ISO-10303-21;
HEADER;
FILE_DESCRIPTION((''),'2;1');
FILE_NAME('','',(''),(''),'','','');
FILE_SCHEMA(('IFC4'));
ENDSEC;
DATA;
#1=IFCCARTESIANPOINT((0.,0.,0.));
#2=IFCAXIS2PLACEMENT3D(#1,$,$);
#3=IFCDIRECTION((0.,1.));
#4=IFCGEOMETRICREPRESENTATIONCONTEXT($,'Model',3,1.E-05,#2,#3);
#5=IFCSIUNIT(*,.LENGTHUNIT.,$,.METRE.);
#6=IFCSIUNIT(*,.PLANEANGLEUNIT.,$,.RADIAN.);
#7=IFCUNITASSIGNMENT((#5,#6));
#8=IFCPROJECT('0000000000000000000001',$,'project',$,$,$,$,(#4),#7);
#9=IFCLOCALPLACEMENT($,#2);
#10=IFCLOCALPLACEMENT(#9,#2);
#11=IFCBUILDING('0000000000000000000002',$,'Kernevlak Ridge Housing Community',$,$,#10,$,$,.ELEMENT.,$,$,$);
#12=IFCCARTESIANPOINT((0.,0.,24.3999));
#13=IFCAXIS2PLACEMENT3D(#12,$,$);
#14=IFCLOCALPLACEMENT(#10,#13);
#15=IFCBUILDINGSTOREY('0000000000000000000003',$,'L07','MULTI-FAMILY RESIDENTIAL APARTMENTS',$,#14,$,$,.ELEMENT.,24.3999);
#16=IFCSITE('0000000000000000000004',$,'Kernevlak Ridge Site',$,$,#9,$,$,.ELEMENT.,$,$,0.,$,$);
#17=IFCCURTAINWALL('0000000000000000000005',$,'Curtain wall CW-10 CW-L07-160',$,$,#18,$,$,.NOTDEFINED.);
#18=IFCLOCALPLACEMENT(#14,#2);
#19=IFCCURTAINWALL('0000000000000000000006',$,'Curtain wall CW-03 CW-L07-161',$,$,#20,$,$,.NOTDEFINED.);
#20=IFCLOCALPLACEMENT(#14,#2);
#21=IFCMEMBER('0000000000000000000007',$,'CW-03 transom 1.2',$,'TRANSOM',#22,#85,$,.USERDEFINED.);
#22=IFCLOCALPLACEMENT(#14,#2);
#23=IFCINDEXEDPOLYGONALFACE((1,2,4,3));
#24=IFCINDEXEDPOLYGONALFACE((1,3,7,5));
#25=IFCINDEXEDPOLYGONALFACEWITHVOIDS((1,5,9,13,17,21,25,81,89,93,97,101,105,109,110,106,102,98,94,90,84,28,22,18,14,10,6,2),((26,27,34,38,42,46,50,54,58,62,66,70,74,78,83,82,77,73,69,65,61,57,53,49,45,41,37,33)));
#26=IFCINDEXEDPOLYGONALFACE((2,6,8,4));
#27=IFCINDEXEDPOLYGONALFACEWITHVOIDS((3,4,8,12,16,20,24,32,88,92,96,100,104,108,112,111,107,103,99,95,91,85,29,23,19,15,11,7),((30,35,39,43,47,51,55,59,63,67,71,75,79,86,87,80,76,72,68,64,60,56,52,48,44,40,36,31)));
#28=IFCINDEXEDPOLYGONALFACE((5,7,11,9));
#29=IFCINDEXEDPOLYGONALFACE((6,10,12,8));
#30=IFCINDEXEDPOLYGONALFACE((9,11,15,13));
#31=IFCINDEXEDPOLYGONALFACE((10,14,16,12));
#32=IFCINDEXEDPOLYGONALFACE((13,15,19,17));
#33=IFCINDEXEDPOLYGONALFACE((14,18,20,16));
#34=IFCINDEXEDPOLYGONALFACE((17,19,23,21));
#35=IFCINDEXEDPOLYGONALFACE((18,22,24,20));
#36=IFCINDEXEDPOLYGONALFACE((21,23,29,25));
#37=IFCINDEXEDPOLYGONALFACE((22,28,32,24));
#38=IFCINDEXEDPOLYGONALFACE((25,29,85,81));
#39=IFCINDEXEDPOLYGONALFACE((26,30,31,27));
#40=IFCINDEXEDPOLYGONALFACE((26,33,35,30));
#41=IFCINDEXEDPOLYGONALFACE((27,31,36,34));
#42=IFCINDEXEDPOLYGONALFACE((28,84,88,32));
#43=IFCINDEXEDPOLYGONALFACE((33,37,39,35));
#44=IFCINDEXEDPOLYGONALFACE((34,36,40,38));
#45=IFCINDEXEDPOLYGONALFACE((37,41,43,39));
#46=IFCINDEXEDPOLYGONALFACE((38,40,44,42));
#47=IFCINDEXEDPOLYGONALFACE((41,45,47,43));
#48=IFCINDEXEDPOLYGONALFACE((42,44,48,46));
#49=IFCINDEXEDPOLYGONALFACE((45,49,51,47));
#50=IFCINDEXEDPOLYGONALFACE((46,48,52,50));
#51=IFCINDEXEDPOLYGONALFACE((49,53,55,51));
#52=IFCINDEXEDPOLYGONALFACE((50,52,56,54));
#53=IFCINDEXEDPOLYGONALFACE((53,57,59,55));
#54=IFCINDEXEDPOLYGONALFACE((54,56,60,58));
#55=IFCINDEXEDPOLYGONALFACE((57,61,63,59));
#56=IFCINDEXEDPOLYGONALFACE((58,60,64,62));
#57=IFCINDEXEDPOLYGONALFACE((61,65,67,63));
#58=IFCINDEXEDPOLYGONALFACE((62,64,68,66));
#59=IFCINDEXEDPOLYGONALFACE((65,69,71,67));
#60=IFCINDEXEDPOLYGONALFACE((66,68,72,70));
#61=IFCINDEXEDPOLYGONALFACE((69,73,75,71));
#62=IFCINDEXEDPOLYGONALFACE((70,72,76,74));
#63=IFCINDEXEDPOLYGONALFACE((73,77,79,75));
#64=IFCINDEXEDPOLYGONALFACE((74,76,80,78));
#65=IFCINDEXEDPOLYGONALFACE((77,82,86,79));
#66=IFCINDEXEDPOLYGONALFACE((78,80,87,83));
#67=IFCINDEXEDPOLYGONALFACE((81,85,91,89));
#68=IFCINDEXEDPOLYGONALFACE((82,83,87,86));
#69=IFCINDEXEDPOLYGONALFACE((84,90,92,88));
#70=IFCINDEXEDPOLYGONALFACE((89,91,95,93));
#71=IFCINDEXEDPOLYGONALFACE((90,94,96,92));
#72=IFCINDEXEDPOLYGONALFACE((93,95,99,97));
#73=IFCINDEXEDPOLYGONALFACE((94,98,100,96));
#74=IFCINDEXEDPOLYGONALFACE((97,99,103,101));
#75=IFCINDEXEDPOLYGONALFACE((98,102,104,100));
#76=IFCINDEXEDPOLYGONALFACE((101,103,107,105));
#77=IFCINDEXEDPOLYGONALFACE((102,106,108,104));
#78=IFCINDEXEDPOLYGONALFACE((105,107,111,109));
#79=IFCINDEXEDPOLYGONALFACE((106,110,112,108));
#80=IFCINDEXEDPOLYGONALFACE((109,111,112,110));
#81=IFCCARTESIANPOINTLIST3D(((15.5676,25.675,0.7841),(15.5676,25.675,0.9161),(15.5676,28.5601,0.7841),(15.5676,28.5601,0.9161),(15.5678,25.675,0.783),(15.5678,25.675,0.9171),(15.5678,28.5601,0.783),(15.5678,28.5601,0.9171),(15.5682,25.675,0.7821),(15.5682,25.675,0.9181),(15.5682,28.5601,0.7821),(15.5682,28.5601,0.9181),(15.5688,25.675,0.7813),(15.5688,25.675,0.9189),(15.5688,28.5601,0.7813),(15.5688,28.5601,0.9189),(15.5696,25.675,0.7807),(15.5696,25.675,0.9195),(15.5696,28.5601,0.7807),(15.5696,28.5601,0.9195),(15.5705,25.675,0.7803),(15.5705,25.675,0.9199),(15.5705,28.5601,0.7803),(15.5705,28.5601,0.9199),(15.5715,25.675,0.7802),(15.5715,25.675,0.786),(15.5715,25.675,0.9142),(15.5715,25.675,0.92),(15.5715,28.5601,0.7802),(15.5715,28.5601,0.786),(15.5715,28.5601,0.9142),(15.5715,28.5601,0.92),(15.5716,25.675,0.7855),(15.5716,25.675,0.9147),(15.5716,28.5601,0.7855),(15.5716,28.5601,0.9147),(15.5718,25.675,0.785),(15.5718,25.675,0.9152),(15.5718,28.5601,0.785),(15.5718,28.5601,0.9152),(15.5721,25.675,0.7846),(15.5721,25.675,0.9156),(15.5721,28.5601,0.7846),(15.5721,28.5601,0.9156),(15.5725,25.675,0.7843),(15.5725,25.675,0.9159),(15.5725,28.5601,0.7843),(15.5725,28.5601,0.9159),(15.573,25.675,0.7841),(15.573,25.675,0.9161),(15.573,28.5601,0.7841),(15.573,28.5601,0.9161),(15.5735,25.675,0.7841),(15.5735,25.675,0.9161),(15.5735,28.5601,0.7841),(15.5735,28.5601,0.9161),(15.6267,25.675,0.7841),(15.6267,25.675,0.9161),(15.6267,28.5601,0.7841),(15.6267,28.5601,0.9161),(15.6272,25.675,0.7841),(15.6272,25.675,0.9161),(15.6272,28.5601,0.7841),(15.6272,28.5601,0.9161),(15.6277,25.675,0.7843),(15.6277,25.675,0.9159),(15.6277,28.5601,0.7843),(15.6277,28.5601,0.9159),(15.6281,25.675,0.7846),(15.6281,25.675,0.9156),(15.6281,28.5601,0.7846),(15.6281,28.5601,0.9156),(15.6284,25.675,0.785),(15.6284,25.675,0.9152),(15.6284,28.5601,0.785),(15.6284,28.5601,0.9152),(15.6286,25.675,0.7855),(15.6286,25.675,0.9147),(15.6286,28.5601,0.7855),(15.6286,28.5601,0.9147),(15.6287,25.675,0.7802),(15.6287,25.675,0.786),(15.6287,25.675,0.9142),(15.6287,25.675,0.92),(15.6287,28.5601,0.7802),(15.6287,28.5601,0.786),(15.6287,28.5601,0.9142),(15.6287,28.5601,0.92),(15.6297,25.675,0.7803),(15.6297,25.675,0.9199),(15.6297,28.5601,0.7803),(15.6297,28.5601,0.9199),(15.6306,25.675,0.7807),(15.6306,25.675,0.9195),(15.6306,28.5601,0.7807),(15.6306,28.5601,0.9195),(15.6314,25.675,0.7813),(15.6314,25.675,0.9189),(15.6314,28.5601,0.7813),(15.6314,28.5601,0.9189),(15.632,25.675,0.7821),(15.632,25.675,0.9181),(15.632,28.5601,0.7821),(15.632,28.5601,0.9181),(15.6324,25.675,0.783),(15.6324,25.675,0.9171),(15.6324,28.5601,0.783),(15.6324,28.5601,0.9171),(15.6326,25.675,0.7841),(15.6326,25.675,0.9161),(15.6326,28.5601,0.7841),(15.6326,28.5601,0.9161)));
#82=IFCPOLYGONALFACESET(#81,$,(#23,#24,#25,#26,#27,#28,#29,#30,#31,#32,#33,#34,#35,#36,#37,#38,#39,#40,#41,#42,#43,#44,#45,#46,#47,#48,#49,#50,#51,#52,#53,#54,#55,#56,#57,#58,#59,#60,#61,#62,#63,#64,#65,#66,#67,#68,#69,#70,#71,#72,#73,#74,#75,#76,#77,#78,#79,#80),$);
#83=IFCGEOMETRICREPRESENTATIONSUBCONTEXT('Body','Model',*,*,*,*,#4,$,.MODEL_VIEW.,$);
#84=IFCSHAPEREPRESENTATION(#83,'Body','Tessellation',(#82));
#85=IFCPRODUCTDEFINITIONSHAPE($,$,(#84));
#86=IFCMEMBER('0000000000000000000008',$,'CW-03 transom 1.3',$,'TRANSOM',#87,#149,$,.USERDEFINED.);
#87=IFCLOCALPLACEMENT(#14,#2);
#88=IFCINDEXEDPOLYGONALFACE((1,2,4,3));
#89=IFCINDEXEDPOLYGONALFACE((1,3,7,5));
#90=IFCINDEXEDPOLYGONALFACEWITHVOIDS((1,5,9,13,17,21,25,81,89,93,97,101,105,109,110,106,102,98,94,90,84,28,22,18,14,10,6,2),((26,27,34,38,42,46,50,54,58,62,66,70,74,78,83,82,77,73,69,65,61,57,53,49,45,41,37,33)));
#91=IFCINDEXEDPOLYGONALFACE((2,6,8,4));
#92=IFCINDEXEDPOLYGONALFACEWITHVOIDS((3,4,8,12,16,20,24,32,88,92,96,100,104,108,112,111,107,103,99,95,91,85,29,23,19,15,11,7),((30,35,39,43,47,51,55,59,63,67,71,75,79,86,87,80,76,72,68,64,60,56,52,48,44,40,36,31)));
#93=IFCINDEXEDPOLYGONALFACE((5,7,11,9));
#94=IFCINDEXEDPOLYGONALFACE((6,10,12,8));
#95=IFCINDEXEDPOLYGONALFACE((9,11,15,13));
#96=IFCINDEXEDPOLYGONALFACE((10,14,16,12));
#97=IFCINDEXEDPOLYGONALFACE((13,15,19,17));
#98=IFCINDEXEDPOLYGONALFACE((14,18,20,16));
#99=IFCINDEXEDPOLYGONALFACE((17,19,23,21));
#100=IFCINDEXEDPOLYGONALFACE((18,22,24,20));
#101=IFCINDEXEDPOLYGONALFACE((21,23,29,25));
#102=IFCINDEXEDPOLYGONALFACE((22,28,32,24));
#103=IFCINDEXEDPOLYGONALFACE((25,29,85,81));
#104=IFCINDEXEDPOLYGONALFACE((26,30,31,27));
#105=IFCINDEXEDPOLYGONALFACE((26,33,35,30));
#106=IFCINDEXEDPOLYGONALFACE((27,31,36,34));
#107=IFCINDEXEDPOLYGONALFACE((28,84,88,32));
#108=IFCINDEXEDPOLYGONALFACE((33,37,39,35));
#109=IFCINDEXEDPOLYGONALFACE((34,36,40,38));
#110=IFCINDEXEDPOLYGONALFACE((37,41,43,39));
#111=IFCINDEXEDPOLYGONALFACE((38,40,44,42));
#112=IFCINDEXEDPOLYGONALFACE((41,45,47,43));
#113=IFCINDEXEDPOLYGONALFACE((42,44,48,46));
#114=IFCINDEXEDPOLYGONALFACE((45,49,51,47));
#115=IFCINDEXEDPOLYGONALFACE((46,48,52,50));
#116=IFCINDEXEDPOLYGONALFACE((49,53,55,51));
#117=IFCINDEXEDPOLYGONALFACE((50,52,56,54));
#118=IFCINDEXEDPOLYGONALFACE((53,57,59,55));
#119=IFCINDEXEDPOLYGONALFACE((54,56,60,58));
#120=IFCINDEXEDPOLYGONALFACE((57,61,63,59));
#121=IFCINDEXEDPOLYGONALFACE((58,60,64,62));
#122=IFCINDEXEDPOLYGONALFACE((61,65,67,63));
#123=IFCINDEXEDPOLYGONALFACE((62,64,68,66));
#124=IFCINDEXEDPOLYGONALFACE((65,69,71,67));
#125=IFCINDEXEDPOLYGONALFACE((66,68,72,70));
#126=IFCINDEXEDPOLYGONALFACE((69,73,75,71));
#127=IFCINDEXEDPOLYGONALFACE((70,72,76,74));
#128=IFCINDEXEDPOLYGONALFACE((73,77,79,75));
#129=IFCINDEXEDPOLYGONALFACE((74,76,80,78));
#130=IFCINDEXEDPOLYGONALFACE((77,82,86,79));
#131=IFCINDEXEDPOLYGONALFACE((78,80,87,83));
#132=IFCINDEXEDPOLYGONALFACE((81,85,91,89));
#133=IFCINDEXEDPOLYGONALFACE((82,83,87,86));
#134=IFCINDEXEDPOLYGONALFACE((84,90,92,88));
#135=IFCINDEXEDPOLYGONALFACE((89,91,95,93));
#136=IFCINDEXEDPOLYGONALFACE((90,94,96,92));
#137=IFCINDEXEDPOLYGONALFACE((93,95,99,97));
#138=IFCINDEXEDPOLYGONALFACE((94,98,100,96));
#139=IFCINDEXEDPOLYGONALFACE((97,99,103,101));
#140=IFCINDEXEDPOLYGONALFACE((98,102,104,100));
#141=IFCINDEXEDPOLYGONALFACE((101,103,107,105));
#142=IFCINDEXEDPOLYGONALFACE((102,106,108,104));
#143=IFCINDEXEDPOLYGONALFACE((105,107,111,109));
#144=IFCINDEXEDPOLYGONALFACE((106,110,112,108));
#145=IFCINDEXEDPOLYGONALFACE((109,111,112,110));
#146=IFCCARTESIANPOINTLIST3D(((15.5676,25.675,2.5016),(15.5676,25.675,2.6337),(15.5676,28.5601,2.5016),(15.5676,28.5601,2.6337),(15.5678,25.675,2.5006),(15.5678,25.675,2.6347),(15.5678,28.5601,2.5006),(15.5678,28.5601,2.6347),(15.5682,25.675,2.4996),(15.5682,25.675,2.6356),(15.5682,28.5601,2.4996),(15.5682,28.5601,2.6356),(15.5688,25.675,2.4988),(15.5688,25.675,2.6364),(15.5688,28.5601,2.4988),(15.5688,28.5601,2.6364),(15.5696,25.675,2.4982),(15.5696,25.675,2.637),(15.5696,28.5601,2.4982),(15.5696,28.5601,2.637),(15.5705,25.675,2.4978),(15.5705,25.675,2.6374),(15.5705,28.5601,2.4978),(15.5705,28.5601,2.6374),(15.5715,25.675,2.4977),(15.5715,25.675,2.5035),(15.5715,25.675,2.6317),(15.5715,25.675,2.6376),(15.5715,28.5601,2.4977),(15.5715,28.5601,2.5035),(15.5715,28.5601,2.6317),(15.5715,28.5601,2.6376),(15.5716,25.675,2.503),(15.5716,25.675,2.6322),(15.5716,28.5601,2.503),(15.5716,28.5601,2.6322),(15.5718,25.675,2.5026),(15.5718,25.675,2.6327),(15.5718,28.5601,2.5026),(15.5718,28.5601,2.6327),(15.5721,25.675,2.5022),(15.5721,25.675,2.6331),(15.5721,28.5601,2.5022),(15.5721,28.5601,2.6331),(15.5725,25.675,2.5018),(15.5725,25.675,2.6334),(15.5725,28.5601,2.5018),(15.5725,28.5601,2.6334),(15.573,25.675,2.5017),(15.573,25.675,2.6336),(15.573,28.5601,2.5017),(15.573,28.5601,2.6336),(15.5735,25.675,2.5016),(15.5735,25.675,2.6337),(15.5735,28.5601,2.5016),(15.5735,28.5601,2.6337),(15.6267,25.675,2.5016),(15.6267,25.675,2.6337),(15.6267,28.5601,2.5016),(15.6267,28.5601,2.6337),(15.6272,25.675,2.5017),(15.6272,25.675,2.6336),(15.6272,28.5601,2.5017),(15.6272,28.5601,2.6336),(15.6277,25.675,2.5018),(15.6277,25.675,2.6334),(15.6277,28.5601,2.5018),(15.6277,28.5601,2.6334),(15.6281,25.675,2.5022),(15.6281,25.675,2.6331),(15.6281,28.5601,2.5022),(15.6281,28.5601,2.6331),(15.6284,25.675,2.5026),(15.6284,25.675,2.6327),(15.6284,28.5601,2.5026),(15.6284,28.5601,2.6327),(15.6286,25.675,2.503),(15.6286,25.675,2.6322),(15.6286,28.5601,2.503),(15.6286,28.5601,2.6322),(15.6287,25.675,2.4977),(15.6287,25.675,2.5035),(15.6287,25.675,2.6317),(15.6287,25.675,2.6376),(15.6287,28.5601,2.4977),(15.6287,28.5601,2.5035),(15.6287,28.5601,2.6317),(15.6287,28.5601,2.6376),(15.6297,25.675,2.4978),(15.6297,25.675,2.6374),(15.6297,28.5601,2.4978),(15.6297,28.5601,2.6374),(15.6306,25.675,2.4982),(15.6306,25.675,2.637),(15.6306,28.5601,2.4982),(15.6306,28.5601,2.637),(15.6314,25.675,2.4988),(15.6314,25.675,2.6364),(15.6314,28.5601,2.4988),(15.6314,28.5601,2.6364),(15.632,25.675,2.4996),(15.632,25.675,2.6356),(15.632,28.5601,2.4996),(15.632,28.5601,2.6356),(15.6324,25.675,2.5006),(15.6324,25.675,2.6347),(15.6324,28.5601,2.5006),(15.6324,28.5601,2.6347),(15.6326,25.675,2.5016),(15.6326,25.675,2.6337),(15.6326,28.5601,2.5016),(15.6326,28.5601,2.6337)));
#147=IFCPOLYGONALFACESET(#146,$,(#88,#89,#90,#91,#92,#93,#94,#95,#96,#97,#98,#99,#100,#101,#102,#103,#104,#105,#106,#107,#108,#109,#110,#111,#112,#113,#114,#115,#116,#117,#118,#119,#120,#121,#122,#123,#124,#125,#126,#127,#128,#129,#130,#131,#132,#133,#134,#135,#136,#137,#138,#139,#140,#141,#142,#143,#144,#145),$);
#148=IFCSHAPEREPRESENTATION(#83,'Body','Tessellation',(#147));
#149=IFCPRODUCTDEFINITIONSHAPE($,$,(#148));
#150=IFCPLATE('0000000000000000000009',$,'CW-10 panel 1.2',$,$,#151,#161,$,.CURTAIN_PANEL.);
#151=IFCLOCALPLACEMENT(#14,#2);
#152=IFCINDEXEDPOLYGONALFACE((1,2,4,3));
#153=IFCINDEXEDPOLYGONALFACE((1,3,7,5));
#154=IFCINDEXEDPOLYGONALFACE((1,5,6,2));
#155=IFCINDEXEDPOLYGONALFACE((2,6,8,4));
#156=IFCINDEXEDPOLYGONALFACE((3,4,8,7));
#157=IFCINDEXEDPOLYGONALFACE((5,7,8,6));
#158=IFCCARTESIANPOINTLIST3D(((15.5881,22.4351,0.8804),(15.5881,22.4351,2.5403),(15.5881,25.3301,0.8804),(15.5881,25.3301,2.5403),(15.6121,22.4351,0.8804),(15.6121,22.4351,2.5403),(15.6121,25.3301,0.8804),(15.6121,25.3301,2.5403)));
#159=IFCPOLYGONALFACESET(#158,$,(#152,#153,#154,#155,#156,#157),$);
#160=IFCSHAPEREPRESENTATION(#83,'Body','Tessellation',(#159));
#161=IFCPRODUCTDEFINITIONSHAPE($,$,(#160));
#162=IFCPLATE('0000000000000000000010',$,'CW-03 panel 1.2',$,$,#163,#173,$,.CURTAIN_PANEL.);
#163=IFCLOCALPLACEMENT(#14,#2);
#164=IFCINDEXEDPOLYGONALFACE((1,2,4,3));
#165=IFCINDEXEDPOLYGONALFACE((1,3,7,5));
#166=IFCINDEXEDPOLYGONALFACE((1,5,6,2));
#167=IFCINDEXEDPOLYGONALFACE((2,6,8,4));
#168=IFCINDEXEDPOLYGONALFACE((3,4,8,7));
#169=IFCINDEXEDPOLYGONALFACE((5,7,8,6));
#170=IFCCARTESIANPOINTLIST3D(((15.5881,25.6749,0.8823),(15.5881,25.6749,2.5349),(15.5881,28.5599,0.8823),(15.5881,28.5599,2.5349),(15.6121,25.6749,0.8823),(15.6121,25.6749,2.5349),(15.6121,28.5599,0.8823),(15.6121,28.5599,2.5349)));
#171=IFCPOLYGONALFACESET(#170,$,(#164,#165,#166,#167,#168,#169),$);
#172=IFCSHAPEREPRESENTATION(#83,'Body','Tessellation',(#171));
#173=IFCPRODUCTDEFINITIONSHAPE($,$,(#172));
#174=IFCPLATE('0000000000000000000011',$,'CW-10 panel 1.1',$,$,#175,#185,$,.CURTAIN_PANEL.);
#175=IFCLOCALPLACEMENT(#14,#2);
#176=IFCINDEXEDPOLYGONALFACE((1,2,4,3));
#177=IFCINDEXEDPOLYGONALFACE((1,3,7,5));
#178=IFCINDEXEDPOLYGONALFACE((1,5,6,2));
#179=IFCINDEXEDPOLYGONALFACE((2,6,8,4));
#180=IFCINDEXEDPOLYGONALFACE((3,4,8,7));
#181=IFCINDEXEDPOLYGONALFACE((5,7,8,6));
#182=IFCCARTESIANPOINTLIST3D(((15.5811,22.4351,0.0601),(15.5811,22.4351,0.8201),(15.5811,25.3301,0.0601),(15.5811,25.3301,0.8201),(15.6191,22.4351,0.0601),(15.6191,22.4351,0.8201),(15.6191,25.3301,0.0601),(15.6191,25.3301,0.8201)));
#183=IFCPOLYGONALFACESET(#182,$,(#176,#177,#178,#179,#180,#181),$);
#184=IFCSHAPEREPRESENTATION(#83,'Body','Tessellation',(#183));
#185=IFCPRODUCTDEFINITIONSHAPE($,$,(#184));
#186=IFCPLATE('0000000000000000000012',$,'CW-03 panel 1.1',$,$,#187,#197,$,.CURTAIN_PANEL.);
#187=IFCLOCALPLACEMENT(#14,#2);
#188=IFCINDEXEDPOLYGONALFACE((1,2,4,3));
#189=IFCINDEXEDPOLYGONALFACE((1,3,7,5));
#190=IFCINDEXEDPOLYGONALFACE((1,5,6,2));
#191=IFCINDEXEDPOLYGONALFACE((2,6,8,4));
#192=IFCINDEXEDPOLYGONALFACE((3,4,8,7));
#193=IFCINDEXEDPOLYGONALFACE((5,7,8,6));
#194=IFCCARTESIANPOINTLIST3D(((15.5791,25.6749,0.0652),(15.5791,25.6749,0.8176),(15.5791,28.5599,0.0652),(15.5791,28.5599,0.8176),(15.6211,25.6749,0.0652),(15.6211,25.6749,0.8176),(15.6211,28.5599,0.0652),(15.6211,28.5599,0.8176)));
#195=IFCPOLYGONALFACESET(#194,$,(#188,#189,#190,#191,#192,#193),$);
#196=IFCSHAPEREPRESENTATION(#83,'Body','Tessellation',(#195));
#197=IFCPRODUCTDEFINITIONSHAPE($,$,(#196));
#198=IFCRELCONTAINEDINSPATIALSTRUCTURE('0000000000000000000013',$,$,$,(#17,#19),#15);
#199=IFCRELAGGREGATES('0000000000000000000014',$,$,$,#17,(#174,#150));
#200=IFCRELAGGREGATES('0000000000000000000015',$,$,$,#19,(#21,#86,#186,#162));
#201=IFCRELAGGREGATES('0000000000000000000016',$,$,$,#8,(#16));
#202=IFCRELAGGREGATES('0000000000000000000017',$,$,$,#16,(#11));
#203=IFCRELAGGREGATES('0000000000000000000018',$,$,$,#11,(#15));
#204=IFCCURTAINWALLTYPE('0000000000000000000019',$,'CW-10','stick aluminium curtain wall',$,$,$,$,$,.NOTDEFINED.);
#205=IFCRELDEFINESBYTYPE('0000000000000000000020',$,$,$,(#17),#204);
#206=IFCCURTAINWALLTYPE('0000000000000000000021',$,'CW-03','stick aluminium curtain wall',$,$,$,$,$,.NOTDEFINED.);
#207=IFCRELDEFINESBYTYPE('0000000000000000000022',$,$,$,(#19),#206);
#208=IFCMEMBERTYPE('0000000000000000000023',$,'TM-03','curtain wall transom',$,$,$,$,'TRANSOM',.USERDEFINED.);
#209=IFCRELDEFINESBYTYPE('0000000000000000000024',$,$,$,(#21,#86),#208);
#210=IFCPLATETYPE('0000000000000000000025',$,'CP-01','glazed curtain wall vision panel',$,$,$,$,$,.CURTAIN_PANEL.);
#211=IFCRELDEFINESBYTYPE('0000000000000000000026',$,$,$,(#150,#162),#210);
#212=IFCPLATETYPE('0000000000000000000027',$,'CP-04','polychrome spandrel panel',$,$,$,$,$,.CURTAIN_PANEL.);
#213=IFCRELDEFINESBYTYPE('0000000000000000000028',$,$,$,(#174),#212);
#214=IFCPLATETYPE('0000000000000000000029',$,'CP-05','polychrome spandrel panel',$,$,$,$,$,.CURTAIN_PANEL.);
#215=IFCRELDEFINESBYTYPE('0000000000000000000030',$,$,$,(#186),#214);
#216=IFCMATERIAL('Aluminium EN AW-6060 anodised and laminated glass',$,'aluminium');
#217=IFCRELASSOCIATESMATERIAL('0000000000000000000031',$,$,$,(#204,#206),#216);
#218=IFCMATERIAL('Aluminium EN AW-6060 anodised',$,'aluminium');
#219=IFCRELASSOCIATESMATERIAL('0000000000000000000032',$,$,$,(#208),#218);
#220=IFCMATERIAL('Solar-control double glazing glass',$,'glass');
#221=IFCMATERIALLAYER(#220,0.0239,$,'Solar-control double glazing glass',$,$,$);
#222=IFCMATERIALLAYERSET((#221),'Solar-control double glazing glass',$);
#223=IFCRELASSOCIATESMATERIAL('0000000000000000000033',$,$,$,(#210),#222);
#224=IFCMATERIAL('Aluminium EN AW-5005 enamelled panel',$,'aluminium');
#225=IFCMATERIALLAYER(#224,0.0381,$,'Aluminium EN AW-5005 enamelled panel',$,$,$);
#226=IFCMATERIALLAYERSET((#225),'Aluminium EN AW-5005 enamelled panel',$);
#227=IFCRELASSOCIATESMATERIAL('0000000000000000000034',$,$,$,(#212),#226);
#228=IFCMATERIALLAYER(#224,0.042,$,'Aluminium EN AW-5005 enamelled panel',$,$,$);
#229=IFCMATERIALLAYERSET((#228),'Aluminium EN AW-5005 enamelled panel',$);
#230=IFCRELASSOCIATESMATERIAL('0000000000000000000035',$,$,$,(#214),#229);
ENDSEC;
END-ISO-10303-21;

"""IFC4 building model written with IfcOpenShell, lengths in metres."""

from ifc_helpers import new_model, si_unit, direction, frame, origin, origin_2d, place, context, subcontext, project, spatial, rectangle, hollow_rectangle, extrude, material, layer, layer_set, material_profile, profile_set, type_object, element, aggregate, save


model = new_model("IFC4")

# Units and contexts
model_context = context("Model", 3, precision=1e-05, world=origin(), true_north=direction((0.0, 1.0)))
body_context = subcontext(model_context, "Body", "Model", "MODEL_VIEW")
ifc_project = project(units=[si_unit("LENGTHUNIT", "METRE"), si_unit("PLANEANGLEUNIT", "RADIAN")], contexts=[model_context])

# Site, building, storey
site_placement = place(None, origin())
site = spatial("IfcSite", under=ifc_project, at=site_placement, Name="Kernevlak Ridge Site", CompositionType="ELEMENT", RefElevation=0.0)
building_placement = place(site_placement, origin())
building = spatial("IfcBuilding", under=site, at=building_placement, Name="Kernevlak Ridge Housing Community", CompositionType="ELEMENT")
storey_placement = place(building_placement, frame((0.0, 0.0, 24.3999)))
storey = spatial("IfcBuildingStorey", under=building, at=storey_placement, Name="L07", Description="MULTI-FAMILY RESIDENTIAL APARTMENTS", CompositionType="ELEMENT", Elevation=24.3999)

# Curtain wall
ifc_material_1 = material(Name="Aluminium EN AW-6060 anodised and laminated glass", Category="aluminium")
curtain_wall_type_1 = type_object("IfcCurtainWallType", Name="CW-10", Description="stick aluminium curtain wall", PredefinedType="NOTDEFINED", material=ifc_material_1)
curtain_wall_1_placement = place(storey_placement, origin())
curtain_wall_1 = element("IfcCurtainWall", 1, at=curtain_wall_1_placement, inside=storey, type_object=curtain_wall_type_1, Name="Curtain wall CW-10 CW-L07-160", PredefinedType="NOTDEFINED")
ifc_material_2 = material(Name="Aluminium EN AW-6060 anodised", Category="aluminium")

# Curtain wall, members
curtain_wall_type_2 = type_object("IfcCurtainWallType", Name="CW-03", Description="stick aluminium curtain wall", PredefinedType="NOTDEFINED", material=ifc_material_1)
curtain_wall_2_placement = place(storey_placement, origin())
curtain_wall_2 = element("IfcCurtainWall", 2, at=curtain_wall_2_placement, inside=storey, type_object=curtain_wall_type_2, Name="Curtain wall CW-03 CW-L07-161", PredefinedType="NOTDEFINED")
ifc_material_profile_1 = material_profile(ifc_material_2, hollow_rectangle(XDim=0.0649, YDim=0.1399, WallThickness=0.0039, InnerFilletRadius=0.002, OuterFilletRadius=0.0039, at=origin_2d()), Name="ALU 65x140x4")
ifc_profile_set_1 = profile_set([ifc_material_profile_1], Name="Aluminium EN AW-6060 anodised")
member_type_1 = type_object("IfcMemberType", Name="TM-03", Description="curtain wall transom", ElementType="TRANSOM", PredefinedType="USERDEFINED", material=ifc_profile_set_1)
member_1_placement = place(storey_placement, frame((15.6001, 25.675, 0.8501), z_axis=(0.0, 1.0, 0.0), x_axis=(-1.0, 0.0, 0.0)))
member_1 = element("IfcMember", 3, at=member_1_placement, type_object=member_type_1, Name="CW-03 transom 1.2", ObjectType="TRANSOM", PredefinedType="USERDEFINED", context=body_context, shape_type="SweptSolid", body=[
    extrude(hollow_rectangle(XDim=0.0649, YDim=0.1399, WallThickness=0.0039, InnerFilletRadius=0.002, OuterFilletRadius=0.0039, at=origin_2d()), origin(), (0.0, 0.0, 1.0), 2.885),
])
member_2_placement = place(storey_placement, frame((15.6001, 25.675, 2.5676), z_axis=(0.0, 1.0, 0.0), x_axis=(-1.0, 0.0, 0.0)))
member_2 = element("IfcMember", 4, at=member_2_placement, type_object=member_type_1, Name="CW-03 transom 1.3", ObjectType="TRANSOM", PredefinedType="USERDEFINED", context=body_context, shape_type="SweptSolid", body=[
    extrude(hollow_rectangle(XDim=0.0649, YDim=0.1399, WallThickness=0.0039, InnerFilletRadius=0.002, OuterFilletRadius=0.0039, at=origin_2d()), origin(), (0.0, 0.0, 1.0), 2.885),
])

# Plates
ifc_material_3 = material(Name="Solar-control double glazing glass", Category="glass")
ifc_layer_1 = layer(ifc_material_3, 0.0239, Name="Solar-control double glazing glass")
ifc_layer_set_1 = layer_set([ifc_layer_1], Name="Solar-control double glazing glass")
plate_type_1 = type_object("IfcPlateType", Name="CP-01", Description="glazed curtain wall vision panel", PredefinedType="CURTAIN_PANEL", material=ifc_layer_set_1)
plate_1_placement = place(storey_placement, frame((15.6001, 23.8826, 0.8804), z_axis=(0.0, 0.0, 1.0), x_axis=(0.0, 1.0, 0.0)))
plate_1 = element("IfcPlate", 5, at=plate_1_placement, type_object=plate_type_1, Name="CW-10 panel 1.2", PredefinedType="CURTAIN_PANEL", context=body_context, shape_type="SweptSolid", body=[
    extrude(rectangle(XDim=2.895, YDim=0.0239, at=origin_2d()), origin(), (0.0, 0.0, 1.0), 1.6599),
])
plate_2_placement = place(storey_placement, frame((15.6001, 27.1174, 0.8823), z_axis=(0.0, 0.0, 1.0), x_axis=(0.0, 1.0, 0.0)))
plate_2 = element("IfcPlate", 6, at=plate_2_placement, type_object=plate_type_1, Name="CW-03 panel 1.2", PredefinedType="CURTAIN_PANEL", context=body_context, shape_type="SweptSolid", body=[
    extrude(rectangle(XDim=2.885, YDim=0.0239, at=origin_2d()), origin(), (0.0, 0.0, 1.0), 1.6526),
])
ifc_material_4 = material(Name="Aluminium EN AW-5005 enamelled panel", Category="aluminium")
ifc_layer_2 = layer(ifc_material_4, 0.0381, Name="Aluminium EN AW-5005 enamelled panel")
ifc_layer_set_2 = layer_set([ifc_layer_2], Name="Aluminium EN AW-5005 enamelled panel")
plate_type_2 = type_object("IfcPlateType", Name="CP-04", Description="polychrome spandrel panel", PredefinedType="CURTAIN_PANEL", material=ifc_layer_set_2)
plate_3_placement = place(storey_placement, frame((15.6001, 23.8826, 0.0601), z_axis=(0.0, 0.0, 1.0), x_axis=(0.0, 1.0, 0.0)))
plate_3 = element("IfcPlate", 7, at=plate_3_placement, type_object=plate_type_2, Name="CW-10 panel 1.1", PredefinedType="CURTAIN_PANEL", context=body_context, shape_type="SweptSolid", body=[
    extrude(rectangle(XDim=2.895, YDim=0.0381, at=origin_2d()), origin(), (0.0, 0.0, 1.0), 0.76),
])
aggregate(curtain_wall_1, [plate_3, plate_1])
ifc_layer_3 = layer(ifc_material_4, 0.042, Name="Aluminium EN AW-5005 enamelled panel")
ifc_layer_set_3 = layer_set([ifc_layer_3], Name="Aluminium EN AW-5005 enamelled panel")
plate_type_3 = type_object("IfcPlateType", Name="CP-05", Description="polychrome spandrel panel", PredefinedType="CURTAIN_PANEL", material=ifc_layer_set_3)
plate_4_placement = place(storey_placement, frame((15.6001, 27.1174, 0.0652), z_axis=(0.0, 0.0, 1.0), x_axis=(0.0, 1.0, 0.0)))
plate_4 = element("IfcPlate", 8, at=plate_4_placement, type_object=plate_type_3, Name="CW-03 panel 1.1", PredefinedType="CURTAIN_PANEL", context=body_context, shape_type="SweptSolid", body=[
    extrude(rectangle(XDim=2.885, YDim=0.042, at=origin_2d()), origin(), (0.0, 0.0, 1.0), 0.7524),
])
aggregate(curtain_wall_2, [member_1, member_2, plate_4, plate_2])

save(model, "model.ifc")
